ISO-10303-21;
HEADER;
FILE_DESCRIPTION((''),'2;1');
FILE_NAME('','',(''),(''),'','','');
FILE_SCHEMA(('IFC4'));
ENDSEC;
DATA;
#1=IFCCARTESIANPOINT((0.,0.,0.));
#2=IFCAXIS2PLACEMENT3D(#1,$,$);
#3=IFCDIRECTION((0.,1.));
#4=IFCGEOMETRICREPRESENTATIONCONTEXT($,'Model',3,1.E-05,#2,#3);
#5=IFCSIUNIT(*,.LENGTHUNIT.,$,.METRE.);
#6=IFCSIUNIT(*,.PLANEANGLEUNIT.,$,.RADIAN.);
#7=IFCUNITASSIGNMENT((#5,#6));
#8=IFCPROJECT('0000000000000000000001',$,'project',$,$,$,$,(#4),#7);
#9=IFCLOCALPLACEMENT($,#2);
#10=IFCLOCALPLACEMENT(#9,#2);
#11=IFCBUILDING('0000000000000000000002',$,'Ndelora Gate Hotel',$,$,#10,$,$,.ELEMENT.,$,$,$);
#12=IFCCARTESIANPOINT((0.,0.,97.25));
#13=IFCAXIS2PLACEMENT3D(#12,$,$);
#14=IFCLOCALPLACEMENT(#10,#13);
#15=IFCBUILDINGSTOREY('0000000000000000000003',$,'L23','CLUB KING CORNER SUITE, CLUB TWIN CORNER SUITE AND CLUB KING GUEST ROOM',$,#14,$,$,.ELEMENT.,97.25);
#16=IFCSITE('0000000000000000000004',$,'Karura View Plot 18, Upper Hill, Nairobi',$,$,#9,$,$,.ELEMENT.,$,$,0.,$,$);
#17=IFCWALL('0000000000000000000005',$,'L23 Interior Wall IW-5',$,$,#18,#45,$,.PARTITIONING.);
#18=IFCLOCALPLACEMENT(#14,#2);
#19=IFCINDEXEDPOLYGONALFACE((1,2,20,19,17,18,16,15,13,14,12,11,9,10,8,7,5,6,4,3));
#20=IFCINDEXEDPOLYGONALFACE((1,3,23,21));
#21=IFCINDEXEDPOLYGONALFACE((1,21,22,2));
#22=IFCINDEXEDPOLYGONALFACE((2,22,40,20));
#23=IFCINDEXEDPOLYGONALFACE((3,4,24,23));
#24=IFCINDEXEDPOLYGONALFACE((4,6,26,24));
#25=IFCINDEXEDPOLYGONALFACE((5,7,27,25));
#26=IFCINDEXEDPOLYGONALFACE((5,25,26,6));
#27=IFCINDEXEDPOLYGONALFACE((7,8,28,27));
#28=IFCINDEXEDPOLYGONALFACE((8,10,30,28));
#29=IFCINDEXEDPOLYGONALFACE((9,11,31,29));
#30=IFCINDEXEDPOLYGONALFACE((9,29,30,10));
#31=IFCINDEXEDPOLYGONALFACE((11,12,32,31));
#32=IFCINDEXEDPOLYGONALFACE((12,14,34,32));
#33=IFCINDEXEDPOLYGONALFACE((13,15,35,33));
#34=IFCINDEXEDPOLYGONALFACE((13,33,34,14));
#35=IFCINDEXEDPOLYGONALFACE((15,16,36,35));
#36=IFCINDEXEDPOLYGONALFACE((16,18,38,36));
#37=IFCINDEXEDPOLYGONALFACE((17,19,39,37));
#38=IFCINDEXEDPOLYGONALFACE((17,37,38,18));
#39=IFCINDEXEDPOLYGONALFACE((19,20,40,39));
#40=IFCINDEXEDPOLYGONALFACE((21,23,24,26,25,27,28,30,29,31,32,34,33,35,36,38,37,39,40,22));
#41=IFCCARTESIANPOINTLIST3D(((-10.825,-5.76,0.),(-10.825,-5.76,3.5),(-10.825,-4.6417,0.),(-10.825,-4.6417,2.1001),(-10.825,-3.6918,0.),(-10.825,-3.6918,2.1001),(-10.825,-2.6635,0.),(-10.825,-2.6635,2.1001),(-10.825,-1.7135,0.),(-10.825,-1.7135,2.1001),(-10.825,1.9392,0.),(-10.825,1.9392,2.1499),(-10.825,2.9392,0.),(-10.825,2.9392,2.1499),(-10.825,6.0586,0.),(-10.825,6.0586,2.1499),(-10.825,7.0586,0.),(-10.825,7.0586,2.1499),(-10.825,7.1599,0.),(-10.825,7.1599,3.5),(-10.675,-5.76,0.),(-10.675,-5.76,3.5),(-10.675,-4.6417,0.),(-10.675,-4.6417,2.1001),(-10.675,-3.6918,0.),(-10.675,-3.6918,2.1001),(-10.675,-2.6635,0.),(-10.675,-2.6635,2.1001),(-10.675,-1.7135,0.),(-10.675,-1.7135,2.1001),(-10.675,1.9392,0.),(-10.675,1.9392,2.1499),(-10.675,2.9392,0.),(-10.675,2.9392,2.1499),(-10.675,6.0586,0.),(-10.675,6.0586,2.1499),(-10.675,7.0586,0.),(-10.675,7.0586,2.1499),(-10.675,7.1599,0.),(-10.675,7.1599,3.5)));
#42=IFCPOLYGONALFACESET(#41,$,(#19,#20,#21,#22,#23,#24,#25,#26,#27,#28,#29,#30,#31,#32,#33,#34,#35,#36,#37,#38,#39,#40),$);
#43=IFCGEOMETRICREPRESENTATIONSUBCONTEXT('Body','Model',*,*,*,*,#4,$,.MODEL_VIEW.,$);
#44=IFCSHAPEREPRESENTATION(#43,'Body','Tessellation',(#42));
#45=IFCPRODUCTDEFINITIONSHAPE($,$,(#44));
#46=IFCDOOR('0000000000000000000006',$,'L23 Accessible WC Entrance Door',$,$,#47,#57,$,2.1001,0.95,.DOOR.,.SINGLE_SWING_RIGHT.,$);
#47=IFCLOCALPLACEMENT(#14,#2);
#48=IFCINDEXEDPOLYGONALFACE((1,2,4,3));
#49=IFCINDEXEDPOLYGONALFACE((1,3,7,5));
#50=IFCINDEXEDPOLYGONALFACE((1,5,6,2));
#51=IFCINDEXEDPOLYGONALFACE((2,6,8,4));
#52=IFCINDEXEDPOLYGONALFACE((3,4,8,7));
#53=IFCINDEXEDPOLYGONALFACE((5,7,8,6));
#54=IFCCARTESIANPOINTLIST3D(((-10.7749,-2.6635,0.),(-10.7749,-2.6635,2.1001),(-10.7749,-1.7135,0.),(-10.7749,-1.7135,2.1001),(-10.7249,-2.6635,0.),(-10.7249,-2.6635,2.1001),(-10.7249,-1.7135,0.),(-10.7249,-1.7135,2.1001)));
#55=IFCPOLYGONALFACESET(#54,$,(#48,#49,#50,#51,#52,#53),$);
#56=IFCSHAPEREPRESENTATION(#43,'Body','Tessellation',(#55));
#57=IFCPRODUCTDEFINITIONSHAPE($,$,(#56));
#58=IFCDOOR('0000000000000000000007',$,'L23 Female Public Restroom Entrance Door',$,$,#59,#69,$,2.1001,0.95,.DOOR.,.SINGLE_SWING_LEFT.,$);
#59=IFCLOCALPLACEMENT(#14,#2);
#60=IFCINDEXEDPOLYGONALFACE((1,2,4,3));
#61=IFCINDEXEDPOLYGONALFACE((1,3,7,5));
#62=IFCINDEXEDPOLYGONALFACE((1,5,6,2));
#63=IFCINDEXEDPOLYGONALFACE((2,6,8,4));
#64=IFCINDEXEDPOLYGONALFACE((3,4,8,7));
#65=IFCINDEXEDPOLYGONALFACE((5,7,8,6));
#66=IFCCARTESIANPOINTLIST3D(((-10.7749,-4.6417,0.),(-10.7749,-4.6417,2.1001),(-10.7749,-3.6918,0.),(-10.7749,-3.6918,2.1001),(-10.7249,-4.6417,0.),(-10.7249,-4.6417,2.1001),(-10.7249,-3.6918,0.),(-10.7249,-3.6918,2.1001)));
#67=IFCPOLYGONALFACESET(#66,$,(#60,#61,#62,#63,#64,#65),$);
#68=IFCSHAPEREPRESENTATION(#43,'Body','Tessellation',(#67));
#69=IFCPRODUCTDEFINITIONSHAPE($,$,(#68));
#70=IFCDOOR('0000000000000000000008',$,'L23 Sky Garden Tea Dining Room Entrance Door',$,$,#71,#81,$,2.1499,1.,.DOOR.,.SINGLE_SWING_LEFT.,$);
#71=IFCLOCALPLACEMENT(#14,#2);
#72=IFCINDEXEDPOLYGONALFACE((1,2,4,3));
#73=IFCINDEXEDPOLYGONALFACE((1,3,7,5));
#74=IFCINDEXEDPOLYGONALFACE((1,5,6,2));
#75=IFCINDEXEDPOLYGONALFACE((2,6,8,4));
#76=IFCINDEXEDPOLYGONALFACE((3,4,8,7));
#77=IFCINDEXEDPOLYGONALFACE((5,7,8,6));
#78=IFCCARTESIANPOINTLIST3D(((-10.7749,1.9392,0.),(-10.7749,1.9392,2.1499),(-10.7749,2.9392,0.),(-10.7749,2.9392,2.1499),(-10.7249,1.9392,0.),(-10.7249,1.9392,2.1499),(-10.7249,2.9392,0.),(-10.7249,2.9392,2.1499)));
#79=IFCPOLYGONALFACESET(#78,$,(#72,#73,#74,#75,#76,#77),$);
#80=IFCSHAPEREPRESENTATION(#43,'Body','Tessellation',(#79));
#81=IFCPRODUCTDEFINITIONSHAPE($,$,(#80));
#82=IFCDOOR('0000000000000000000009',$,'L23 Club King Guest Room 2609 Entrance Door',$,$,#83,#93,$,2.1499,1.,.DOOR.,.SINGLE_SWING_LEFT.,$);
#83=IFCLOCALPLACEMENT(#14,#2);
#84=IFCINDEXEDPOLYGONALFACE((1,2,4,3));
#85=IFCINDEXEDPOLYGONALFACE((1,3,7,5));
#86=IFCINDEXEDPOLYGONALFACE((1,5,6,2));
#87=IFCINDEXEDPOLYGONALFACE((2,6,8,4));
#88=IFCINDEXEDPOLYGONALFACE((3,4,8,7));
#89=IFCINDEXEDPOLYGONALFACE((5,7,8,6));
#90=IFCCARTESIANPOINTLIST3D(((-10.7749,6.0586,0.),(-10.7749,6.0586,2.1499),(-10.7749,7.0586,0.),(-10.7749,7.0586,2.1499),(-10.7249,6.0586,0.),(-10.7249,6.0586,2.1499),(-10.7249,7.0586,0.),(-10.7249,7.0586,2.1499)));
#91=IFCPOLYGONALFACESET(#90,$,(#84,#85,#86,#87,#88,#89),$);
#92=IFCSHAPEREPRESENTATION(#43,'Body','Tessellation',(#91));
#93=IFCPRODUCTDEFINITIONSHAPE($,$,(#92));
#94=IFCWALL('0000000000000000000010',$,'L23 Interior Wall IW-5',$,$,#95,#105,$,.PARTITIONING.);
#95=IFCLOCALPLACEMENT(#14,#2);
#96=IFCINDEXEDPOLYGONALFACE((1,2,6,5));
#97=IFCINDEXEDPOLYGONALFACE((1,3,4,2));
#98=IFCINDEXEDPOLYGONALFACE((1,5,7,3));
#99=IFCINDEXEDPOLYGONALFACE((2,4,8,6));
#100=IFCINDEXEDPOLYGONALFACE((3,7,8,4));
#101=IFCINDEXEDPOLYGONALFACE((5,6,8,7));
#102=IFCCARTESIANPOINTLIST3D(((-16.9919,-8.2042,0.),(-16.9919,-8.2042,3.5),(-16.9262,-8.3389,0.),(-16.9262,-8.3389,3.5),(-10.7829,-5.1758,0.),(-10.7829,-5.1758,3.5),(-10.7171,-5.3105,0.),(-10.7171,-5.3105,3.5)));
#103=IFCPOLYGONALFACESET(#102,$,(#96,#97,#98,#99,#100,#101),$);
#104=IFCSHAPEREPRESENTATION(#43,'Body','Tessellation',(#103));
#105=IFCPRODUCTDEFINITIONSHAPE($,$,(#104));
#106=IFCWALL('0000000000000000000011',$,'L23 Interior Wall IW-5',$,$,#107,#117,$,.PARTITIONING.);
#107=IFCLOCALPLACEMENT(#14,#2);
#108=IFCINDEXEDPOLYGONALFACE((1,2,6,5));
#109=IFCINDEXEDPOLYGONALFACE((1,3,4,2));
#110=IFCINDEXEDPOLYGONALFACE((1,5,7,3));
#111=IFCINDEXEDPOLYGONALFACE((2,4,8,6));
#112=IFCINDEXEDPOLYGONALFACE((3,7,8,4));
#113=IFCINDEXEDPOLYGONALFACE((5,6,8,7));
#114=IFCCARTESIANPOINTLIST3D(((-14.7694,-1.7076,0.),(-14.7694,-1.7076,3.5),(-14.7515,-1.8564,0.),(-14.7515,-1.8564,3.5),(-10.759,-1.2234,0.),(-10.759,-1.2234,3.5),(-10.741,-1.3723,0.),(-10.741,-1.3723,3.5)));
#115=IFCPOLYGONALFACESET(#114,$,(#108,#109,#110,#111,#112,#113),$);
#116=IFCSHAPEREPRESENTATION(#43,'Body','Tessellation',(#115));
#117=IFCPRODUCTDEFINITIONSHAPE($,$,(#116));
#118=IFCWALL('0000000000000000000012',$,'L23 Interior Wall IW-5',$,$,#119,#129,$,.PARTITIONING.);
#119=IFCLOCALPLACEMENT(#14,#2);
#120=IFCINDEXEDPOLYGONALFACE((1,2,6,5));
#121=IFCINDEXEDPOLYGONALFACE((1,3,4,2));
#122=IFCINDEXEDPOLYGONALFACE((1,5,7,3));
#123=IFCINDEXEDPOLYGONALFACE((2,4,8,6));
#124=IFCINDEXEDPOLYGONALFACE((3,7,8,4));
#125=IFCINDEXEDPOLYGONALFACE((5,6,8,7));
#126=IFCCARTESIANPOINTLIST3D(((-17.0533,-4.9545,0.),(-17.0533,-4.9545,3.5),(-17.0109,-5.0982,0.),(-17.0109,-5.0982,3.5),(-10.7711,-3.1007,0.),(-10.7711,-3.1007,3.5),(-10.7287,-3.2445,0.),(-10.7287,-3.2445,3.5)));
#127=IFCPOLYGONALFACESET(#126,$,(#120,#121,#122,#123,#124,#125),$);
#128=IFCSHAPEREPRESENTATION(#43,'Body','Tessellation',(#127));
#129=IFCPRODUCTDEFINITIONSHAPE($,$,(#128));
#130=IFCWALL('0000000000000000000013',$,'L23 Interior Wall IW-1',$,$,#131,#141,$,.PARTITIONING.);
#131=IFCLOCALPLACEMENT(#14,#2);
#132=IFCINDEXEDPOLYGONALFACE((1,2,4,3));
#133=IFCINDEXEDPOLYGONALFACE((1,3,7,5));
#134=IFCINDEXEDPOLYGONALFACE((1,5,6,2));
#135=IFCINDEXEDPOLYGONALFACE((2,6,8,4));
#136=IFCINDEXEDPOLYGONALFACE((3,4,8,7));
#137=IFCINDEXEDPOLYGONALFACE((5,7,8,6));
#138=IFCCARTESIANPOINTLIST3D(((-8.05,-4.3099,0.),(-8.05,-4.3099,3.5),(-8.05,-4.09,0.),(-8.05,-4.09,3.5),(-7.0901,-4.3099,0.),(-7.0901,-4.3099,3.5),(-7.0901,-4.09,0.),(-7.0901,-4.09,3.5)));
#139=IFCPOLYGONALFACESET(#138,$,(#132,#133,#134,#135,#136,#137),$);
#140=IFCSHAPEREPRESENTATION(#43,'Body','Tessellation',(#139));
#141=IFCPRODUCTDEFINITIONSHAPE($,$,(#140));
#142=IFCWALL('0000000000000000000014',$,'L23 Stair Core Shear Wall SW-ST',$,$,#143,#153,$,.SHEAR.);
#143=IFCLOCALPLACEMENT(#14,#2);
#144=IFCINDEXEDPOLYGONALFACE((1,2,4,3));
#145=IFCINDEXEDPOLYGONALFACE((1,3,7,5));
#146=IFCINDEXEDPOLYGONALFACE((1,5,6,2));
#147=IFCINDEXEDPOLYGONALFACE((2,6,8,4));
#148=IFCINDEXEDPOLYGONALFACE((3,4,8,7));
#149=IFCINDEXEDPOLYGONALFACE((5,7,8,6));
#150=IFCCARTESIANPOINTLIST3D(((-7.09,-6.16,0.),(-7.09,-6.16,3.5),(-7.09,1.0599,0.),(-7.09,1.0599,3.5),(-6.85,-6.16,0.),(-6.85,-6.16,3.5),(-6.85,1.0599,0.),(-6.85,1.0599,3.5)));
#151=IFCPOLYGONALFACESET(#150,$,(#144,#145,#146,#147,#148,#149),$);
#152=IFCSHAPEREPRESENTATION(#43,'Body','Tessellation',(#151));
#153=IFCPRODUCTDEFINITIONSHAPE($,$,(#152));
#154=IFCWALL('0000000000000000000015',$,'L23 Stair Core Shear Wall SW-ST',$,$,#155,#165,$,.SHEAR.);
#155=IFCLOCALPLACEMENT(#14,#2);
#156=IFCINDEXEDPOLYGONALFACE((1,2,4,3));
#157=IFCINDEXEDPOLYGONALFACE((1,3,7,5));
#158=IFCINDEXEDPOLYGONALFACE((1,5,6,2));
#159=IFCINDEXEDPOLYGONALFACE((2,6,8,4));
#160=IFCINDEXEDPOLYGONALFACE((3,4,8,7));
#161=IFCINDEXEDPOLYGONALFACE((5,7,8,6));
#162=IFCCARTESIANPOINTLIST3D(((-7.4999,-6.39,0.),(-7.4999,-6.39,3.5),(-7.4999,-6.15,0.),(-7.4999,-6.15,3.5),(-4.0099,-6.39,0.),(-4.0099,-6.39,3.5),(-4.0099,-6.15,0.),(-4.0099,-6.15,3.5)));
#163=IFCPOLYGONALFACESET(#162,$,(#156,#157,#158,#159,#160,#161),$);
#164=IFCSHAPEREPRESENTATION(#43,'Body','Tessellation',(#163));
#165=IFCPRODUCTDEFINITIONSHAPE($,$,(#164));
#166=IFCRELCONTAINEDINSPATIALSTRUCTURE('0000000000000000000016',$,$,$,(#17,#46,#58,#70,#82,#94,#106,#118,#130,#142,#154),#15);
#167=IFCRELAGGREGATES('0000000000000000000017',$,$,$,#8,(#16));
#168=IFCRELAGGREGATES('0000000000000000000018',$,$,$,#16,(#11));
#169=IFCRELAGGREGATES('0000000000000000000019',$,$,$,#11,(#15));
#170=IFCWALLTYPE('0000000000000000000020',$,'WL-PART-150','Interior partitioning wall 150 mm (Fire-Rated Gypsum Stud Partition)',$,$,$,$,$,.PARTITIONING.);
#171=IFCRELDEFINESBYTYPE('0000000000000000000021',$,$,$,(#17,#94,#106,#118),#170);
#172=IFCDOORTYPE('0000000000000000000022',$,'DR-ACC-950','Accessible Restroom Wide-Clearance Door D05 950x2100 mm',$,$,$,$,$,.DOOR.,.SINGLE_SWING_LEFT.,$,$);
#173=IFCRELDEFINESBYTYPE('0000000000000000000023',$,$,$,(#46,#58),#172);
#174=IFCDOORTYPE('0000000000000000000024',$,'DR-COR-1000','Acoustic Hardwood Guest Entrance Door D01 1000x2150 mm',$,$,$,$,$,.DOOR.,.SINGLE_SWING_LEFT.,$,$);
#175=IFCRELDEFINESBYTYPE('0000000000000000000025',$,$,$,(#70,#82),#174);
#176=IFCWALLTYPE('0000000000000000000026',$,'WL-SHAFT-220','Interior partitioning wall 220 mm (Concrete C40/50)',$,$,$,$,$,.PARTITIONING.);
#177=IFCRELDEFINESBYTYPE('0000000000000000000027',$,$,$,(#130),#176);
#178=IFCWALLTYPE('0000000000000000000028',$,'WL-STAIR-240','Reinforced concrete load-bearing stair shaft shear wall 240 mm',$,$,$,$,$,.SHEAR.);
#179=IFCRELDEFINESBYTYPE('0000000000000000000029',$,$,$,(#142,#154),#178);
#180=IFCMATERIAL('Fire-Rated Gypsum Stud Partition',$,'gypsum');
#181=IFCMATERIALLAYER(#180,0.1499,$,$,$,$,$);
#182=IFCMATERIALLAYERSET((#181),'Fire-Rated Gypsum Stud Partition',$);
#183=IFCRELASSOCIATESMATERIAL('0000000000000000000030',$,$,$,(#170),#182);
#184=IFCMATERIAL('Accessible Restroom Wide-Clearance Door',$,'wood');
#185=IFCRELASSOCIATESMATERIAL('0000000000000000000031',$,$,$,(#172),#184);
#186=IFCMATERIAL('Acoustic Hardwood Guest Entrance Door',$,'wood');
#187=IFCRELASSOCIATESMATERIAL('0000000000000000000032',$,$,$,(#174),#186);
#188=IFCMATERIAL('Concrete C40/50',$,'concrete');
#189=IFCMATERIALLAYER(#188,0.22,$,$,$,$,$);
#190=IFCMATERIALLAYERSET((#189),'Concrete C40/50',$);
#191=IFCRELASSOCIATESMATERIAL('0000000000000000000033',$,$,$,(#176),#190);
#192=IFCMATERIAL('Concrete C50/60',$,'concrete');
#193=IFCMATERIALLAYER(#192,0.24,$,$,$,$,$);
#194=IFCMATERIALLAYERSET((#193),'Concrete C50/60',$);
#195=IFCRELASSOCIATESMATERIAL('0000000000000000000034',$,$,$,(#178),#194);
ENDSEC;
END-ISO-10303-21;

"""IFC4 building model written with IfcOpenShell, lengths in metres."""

from ifc_helpers import new_model, si_unit, direction, frame, frame_2d, origin, place, context, subcontext, project, spatial, rectangle, extrude, material, layer, layer_set, type_object, element, fill, save


model = new_model("IFC4")

# Units and contexts
model_context = context("Model", 3, precision=1e-05, world=origin(), true_north=direction((0.0, 1.0)))
body_context = subcontext(model_context, "Body", "Model", "MODEL_VIEW")
ifc_project = project(units=[si_unit("LENGTHUNIT", "METRE"), si_unit("PLANEANGLEUNIT", "RADIAN")], contexts=[model_context])

# Site, building, storey
site_placement = place(None, origin())
site = spatial("IfcSite", under=ifc_project, at=site_placement, Name="Karura View Plot 18, Upper Hill, Nairobi", CompositionType="ELEMENT", RefElevation=0.0)
building_placement = place(site_placement, origin())
building = spatial("IfcBuilding", under=site, at=building_placement, Name="Ndelora Gate Hotel", CompositionType="ELEMENT")
storey_placement = place(building_placement, frame((0.0, 0.0, 97.25)))
storey = spatial("IfcBuildingStorey", under=building, at=storey_placement, Name="L23", Description="CLUB KING CORNER SUITE, CLUB TWIN CORNER SUITE AND CLUB KING GUEST ROOM", CompositionType="ELEMENT", Elevation=97.25)

# Shared definitions
ifc_material_1 = material(Name="Fire-Rated Gypsum Stud Partition", Category="gypsum")
ifc_layer_1 = layer(ifc_material_1, 0.1499)
ifc_layer_set_1 = layer_set([ifc_layer_1], Name="Fire-Rated Gypsum Stud Partition")
wall_type_1 = type_object("IfcWallType", Name="WL-PART-150", Description="Interior partitioning wall 150 mm (Fire-Rated Gypsum Stud Partition)", PredefinedType="PARTITIONING", material=ifc_layer_set_1)

# Wall, openings, doors
wall_1_placement = place(storey_placement, frame((-10.75, -5.76, 0.0), z_axis=(0.0, 0.0, 1.0), x_axis=(0.0, 1.0, 0.0)))
wall_1 = element("IfcWall", 1, at=wall_1_placement, inside=storey, type_object=wall_type_1, Name="L23 Interior Wall IW-5", PredefinedType="PARTITIONING", context=body_context, shape_type="SweptSolid", body=[
    extrude(rectangle(XDim=12.9199, YDim=0.1499, at=frame_2d((6.46, 0.0))), origin(), (0.0, 0.0, 1.0), 3.5),
])
opening_1_placement = place(wall_1_placement, frame((3.0964, 0.0, 0.0)))
opening_1 = element("IfcOpeningElement", 2, at=opening_1_placement, cuts=wall_1, PredefinedType="OPENING", context=body_context, shape_type="SweptSolid", body=[
    extrude(rectangle(XDim=0.95, YDim=2.1001, at=frame_2d((0.4751, 1.05))), frame((0.0, 0.085, 0.0), z_axis=(0.0, -1.0, 0.0), x_axis=(1.0, 0.0, 0.0)), (0.0, 0.0, 1.0), 0.1699),
])
opening_2_placement = place(wall_1_placement, frame((1.1182, 0.0, 0.0)))
opening_2 = element("IfcOpeningElement", 3, at=opening_2_placement, cuts=wall_1, PredefinedType="OPENING", context=body_context, shape_type="SweptSolid", body=[
    extrude(rectangle(XDim=0.95, YDim=2.1001, at=frame_2d((0.4751, 1.05))), frame((0.0, 0.085, 0.0), z_axis=(0.0, -1.0, 0.0), x_axis=(1.0, 0.0, 0.0)), (0.0, 0.0, 1.0), 0.1699),
])
opening_3_placement = place(wall_1_placement, frame((7.6992, 0.0, 0.0)))
opening_3 = element("IfcOpeningElement", 4, at=opening_3_placement, cuts=wall_1, PredefinedType="OPENING", context=body_context, shape_type="SweptSolid", body=[
    extrude(rectangle(XDim=1.0, YDim=2.1499, at=frame_2d((0.5, 1.075))), frame((0.0, 0.085, 0.0), z_axis=(0.0, -1.0, 0.0), x_axis=(1.0, 0.0, 0.0)), (0.0, 0.0, 1.0), 0.1699),
])
opening_4_placement = place(wall_1_placement, frame((11.8186, 0.0, 0.0)))
opening_4 = element("IfcOpeningElement", 5, at=opening_4_placement, cuts=wall_1, PredefinedType="OPENING", context=body_context, shape_type="SweptSolid", body=[
    extrude(rectangle(XDim=1.0, YDim=2.1499, at=frame_2d((0.5, 1.075))), frame((0.0, 0.085, 0.0), z_axis=(0.0, -1.0, 0.0), x_axis=(1.0, 0.0, 0.0)), (0.0, 0.0, 1.0), 0.1699),
])
ifc_material_2 = material(Name="Accessible Restroom Wide-Clearance Door", Category="wood")
door_type_1 = type_object("IfcDoorType", Name="DR-ACC-950", Description="Accessible Restroom Wide-Clearance Door D05 950x2100 mm", OperationType="SINGLE_SWING_LEFT", PredefinedType="DOOR", material=ifc_material_2)
door_1_placement = place(opening_1_placement, origin())
door_1 = element("IfcDoor", 6, at=door_1_placement, inside=storey, type_object=door_type_1, Name="L23 Accessible WC Entrance Door", OperationType="SINGLE_SWING_RIGHT", OverallHeight=2.1001, OverallWidth=0.95, PredefinedType="DOOR", context=body_context, shape_type="SweptSolid", body=[
    extrude(rectangle(XDim=0.95, YDim=2.1001, at=frame_2d((0.4751, 1.05))), frame((0.0, 0.0249, 0.0), z_axis=(0.0, -1.0, 0.0), x_axis=(1.0, 0.0, 0.0)), (0.0, 0.0, 1.0), 0.05),
])
fill(opening_1, door_1)
door_2_placement = place(opening_2_placement, origin())
door_2 = element("IfcDoor", 7, at=door_2_placement, inside=storey, type_object=door_type_1, Name="L23 Female Public Restroom Entrance Door", OperationType="SINGLE_SWING_LEFT", OverallHeight=2.1001, OverallWidth=0.95, PredefinedType="DOOR", context=body_context, shape_type="SweptSolid", body=[
    extrude(rectangle(XDim=0.95, YDim=2.1001, at=frame_2d((0.4751, 1.05))), frame((0.0, 0.0249, 0.0), z_axis=(0.0, -1.0, 0.0), x_axis=(1.0, 0.0, 0.0)), (0.0, 0.0, 1.0), 0.05),
])
fill(opening_2, door_2)
ifc_material_3 = material(Name="Acoustic Hardwood Guest Entrance Door", Category="wood")
door_type_2 = type_object("IfcDoorType", Name="DR-COR-1000", Description="Acoustic Hardwood Guest Entrance Door D01 1000x2150 mm", OperationType="SINGLE_SWING_LEFT", PredefinedType="DOOR", material=ifc_material_3)
door_3_placement = place(opening_3_placement, origin())
door_3 = element("IfcDoor", 8, at=door_3_placement, inside=storey, type_object=door_type_2, Name="L23 Sky Garden Tea Dining Room Entrance Door", OperationType="SINGLE_SWING_LEFT", OverallHeight=2.1499, OverallWidth=1.0, PredefinedType="DOOR", context=body_context, shape_type="SweptSolid", body=[
    extrude(rectangle(XDim=1.0, YDim=2.1499, at=frame_2d((0.5, 1.075))), frame((0.0, 0.0249, 0.0), z_axis=(0.0, -1.0, 0.0), x_axis=(1.0, 0.0, 0.0)), (0.0, 0.0, 1.0), 0.05),
])
fill(opening_3, door_3)
door_4_placement = place(opening_4_placement, origin())
door_4 = element("IfcDoor", 9, at=door_4_placement, inside=storey, type_object=door_type_2, Name="L23 Club King Guest Room 2609 Entrance Door", OperationType="SINGLE_SWING_LEFT", OverallHeight=2.1499, OverallWidth=1.0, PredefinedType="DOOR", context=body_context, shape_type="SweptSolid", body=[
    extrude(rectangle(XDim=1.0, YDim=2.1499, at=frame_2d((0.5, 1.075))), frame((0.0, 0.0249, 0.0), z_axis=(0.0, -1.0, 0.0), x_axis=(1.0, 0.0, 0.0)), (0.0, 0.0, 1.0), 0.05),
])
fill(opening_4, door_4)

# Walls
wall_2_placement = place(storey_placement, frame((-10.75, -5.2432, 0.0), z_axis=(0.0, 0.0, 1.0), x_axis=(-0.898794, -0.438371, 0.0)))
element("IfcWall", 10, at=wall_2_placement, inside=storey, type_object=wall_type_1, Name="L23 Interior Wall IW-5", PredefinedType="PARTITIONING", context=body_context, shape_type="SweptSolid", body=[
    extrude(rectangle(XDim=6.9082, YDim=0.1499, at=frame_2d((3.4541, 0.0))), origin(), (0.0, 0.0, 1.0), 3.5),
])
wall_3_placement = place(storey_placement, frame((-10.75, -1.2979, 0.0), z_axis=(0.0, 0.0, 1.0), x_axis=(-0.992793, -0.119846, 0.0)))
element("IfcWall", 11, at=wall_3_placement, inside=storey, type_object=wall_type_1, Name="L23 Interior Wall IW-5", PredefinedType="PARTITIONING", context=body_context, shape_type="SweptSolid", body=[
    extrude(rectangle(XDim=4.0396, YDim=0.1499, at=frame_2d((2.0198, 0.0))), origin(), (0.0, 0.0, 1.0), 3.5),
])
wall_4_placement = place(storey_placement, frame((-10.75, -3.1726, 0.0), z_axis=(0.0, 0.0, 1.0), x_axis=(-0.959115, -0.283016, 0.0)))
element("IfcWall", 12, at=wall_4_placement, inside=storey, type_object=wall_type_1, Name="L23 Interior Wall IW-5", PredefinedType="PARTITIONING", context=body_context, shape_type="SweptSolid", body=[
    extrude(rectangle(XDim=6.55, YDim=0.1499, at=frame_2d((3.2749, 0.0))), origin(), (0.0, 0.0, 1.0), 3.5),
])
ifc_material_4 = material(Name="Concrete C40/50", Category="concrete")
ifc_layer_2 = layer(ifc_material_4, 0.22)
ifc_layer_set_2 = layer_set([ifc_layer_2], Name="Concrete C40/50")
wall_type_2 = type_object("IfcWallType", Name="WL-SHAFT-220", Description="Interior partitioning wall 220 mm (Concrete C40/50)", PredefinedType="PARTITIONING", material=ifc_layer_set_2)
wall_5_placement = place(storey_placement, frame((-8.05, -4.2, 0.0), z_axis=(0.0, 0.0, 1.0), x_axis=(1.0, 0.0, 0.0)))
element("IfcWall", 13, at=wall_5_placement, inside=storey, type_object=wall_type_2, Name="L23 Interior Wall IW-1", PredefinedType="PARTITIONING", context=body_context, shape_type="SweptSolid", body=[
    extrude(rectangle(XDim=0.96, YDim=0.22, at=frame_2d((0.48, 0.0))), origin(), (0.0, 0.0, 1.0), 3.5),
])
ifc_material_5 = material(Name="Concrete C50/60", Category="concrete")
ifc_layer_3 = layer(ifc_material_5, 0.24)
ifc_layer_set_3 = layer_set([ifc_layer_3], Name="Concrete C50/60")
wall_type_3 = type_object("IfcWallType", Name="WL-STAIR-240", Description="Reinforced concrete load-bearing stair shaft shear wall 240 mm", PredefinedType="SHEAR", material=ifc_layer_set_3)
wall_6_placement = place(storey_placement, frame((-6.97, -6.1599, 0.0), z_axis=(0.0, 0.0, 1.0), x_axis=(0.0, 1.0, 0.0)))
element("IfcWall", 14, at=wall_6_placement, inside=storey, type_object=wall_type_3, Name="L23 Stair Core Shear Wall SW-ST", PredefinedType="SHEAR", context=body_context, shape_type="SweptSolid", body=[
    extrude(rectangle(XDim=7.22, YDim=0.24, at=frame_2d((3.6099, 0.0))), origin(), (0.0, 0.0, 1.0), 3.5),
])
wall_7_placement = place(storey_placement, frame((-7.5, -6.27, 0.0), z_axis=(0.0, 0.0, 1.0), x_axis=(1.0, 0.0, 0.0)))
element("IfcWall", 15, at=wall_7_placement, inside=storey, type_object=wall_type_3, Name="L23 Stair Core Shear Wall SW-ST", PredefinedType="SHEAR", context=body_context, shape_type="SweptSolid", body=[
    extrude(rectangle(XDim=3.49, YDim=0.24, at=frame_2d((1.7451, 0.0))), origin(), (0.0, 0.0, 1.0), 3.5),
])

save(model, "model.ifc")
